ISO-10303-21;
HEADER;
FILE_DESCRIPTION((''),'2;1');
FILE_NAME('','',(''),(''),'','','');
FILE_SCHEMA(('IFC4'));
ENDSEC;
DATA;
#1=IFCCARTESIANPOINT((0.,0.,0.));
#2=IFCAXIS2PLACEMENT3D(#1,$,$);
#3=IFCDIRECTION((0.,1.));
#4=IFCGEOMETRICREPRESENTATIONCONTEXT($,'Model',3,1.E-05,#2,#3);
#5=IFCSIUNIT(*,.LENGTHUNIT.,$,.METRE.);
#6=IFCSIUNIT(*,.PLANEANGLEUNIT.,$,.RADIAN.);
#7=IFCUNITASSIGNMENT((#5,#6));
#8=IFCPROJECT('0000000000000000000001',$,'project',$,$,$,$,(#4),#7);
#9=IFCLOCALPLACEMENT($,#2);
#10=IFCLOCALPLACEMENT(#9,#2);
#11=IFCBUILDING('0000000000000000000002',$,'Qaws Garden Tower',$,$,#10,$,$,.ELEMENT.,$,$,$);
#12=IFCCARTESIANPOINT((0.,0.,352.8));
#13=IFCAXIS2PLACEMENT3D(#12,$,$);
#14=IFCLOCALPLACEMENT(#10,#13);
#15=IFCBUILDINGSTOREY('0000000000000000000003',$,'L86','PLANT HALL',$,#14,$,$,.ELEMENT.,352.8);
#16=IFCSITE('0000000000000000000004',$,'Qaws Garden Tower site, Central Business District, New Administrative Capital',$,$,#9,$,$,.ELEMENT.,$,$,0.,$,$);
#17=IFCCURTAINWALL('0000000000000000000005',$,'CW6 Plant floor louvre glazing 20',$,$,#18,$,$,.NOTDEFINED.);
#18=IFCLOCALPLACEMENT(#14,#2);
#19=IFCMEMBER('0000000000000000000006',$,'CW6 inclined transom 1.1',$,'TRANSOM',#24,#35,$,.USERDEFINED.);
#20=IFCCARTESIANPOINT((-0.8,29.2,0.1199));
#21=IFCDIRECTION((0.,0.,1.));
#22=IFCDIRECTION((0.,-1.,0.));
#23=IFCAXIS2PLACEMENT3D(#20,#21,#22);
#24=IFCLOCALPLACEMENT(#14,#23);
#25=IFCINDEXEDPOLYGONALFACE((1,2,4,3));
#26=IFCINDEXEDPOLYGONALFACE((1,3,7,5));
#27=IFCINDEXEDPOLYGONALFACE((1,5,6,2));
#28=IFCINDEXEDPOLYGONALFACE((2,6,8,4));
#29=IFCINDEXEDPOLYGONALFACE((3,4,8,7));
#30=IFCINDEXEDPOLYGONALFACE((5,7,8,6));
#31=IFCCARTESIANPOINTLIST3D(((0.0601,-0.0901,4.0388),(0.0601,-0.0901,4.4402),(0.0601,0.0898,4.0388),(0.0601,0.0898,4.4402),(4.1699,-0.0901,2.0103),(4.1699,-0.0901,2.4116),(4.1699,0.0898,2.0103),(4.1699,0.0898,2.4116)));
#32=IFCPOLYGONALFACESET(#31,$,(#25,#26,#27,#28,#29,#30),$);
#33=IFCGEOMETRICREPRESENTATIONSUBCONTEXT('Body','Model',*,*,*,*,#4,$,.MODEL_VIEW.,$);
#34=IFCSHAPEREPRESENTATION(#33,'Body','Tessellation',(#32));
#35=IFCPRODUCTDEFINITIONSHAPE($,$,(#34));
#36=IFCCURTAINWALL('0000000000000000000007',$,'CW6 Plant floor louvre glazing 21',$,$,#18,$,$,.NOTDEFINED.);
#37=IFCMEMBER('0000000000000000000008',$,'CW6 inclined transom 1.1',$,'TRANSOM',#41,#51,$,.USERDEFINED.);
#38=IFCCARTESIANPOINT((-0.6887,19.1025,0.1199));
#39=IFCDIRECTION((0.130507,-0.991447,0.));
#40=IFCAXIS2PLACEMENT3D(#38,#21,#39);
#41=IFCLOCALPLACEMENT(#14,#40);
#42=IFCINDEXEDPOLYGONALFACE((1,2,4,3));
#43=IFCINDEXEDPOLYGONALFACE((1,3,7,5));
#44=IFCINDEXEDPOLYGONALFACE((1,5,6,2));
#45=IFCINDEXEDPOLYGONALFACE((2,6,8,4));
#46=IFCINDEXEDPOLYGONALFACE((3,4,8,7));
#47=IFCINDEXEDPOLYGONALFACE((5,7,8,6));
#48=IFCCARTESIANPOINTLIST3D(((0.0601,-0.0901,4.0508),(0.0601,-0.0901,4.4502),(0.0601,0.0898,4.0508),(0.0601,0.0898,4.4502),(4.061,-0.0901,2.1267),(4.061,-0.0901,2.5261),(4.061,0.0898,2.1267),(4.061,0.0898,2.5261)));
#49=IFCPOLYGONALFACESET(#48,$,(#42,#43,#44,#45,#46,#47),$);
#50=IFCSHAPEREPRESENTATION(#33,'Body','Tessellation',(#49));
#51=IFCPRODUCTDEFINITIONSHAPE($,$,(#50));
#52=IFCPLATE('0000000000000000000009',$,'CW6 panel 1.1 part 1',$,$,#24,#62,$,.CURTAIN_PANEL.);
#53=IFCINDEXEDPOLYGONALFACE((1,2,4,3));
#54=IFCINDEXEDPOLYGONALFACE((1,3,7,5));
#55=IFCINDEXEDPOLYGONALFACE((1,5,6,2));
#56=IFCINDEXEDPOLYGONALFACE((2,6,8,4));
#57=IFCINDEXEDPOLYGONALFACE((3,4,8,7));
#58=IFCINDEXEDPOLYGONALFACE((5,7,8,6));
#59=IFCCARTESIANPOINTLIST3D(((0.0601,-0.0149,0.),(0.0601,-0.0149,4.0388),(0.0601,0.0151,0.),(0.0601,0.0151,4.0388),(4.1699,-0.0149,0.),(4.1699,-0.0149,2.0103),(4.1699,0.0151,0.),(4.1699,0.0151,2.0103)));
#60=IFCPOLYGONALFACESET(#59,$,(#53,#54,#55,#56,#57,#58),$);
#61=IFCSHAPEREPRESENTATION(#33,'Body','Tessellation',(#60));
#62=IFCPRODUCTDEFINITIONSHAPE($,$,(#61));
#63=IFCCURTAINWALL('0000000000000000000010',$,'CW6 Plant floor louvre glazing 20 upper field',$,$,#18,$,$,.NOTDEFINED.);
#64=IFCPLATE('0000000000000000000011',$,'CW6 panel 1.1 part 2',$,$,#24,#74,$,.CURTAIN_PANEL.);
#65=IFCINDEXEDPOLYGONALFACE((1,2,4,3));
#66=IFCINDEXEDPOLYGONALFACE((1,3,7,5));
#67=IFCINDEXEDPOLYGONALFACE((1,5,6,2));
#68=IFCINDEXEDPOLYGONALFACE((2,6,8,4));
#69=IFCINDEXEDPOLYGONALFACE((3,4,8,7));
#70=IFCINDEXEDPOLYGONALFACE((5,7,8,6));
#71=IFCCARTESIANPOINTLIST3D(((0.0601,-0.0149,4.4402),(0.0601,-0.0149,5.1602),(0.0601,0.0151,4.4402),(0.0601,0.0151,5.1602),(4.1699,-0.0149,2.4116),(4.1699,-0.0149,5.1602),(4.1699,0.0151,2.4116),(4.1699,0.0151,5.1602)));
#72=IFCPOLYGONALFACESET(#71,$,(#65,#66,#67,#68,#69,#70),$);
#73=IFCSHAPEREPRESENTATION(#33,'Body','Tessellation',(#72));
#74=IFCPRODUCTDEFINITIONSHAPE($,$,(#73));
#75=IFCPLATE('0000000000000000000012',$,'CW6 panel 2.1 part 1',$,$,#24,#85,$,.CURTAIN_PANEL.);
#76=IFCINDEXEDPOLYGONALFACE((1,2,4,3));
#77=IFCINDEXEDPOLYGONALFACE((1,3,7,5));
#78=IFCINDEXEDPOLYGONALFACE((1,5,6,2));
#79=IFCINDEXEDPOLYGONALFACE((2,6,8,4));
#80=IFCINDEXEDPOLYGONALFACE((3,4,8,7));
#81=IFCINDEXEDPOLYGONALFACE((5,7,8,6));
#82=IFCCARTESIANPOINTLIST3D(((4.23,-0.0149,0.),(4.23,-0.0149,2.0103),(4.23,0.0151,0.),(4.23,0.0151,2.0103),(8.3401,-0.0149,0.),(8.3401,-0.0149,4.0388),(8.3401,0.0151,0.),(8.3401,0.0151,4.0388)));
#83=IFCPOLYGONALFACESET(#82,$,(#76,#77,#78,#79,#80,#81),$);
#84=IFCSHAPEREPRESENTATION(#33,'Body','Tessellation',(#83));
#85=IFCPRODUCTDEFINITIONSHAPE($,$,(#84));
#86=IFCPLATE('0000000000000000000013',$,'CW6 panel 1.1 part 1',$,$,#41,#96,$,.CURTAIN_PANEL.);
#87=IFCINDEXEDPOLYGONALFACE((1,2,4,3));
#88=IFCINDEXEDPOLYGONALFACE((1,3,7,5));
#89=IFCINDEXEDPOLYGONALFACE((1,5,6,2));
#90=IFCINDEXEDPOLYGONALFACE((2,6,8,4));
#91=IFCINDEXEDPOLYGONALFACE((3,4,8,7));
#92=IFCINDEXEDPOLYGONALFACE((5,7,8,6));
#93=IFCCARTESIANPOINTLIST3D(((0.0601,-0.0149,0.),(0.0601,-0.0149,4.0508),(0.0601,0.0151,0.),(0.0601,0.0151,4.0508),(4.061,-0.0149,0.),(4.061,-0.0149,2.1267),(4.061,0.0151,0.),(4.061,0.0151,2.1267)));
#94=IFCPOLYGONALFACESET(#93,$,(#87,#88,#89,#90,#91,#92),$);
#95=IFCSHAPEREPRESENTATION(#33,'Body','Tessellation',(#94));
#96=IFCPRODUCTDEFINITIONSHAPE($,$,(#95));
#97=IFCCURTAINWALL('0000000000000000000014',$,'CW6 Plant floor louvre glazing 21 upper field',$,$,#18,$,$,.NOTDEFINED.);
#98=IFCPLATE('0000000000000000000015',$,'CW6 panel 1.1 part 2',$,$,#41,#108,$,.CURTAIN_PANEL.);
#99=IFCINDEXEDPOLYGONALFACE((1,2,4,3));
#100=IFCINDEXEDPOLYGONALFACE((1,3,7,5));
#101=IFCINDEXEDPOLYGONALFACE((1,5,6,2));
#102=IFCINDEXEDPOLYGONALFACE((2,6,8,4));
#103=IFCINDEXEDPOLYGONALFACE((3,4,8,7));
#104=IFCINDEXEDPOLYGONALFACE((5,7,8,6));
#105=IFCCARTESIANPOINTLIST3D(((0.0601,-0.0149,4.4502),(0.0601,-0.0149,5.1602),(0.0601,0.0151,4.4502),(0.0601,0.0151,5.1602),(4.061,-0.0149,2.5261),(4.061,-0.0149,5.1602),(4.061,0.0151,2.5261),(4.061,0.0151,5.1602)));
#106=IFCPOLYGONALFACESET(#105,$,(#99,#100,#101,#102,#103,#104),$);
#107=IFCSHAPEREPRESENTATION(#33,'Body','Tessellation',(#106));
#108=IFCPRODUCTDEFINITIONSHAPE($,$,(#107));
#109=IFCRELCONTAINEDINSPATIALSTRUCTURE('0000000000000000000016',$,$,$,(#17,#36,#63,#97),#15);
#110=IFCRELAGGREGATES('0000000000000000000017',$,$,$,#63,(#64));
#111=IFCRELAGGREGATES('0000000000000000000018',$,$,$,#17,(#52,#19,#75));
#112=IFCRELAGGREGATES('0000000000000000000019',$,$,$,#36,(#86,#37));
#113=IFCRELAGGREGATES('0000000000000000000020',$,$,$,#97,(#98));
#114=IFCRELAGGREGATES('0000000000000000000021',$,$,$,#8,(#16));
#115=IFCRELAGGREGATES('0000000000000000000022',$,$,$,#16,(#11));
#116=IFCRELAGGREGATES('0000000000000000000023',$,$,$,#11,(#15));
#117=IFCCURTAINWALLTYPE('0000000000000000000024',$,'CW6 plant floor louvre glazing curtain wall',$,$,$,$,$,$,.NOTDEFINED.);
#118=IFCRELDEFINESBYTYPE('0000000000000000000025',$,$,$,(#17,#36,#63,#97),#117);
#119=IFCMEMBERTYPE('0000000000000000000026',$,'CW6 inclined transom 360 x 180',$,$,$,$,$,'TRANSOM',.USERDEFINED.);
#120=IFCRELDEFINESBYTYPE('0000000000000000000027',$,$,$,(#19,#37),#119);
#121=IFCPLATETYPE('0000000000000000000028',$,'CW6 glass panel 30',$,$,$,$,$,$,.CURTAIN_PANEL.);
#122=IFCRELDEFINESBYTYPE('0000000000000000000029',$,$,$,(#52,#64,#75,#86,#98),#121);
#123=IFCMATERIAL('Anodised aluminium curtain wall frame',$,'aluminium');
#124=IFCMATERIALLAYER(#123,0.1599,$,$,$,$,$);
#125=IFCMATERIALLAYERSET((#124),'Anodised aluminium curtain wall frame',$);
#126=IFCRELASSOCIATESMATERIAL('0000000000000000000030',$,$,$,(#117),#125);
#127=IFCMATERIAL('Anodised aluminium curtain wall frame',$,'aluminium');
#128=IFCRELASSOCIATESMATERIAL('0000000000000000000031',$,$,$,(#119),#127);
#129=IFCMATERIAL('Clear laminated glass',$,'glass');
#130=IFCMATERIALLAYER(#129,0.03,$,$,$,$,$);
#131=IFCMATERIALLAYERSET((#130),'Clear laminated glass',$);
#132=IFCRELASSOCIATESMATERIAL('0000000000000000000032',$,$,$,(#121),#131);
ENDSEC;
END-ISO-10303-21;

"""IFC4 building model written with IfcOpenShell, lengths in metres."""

from ifc_helpers import new_model, si_unit, direction, frame, origin, origin_2d, place, context, subcontext, project, spatial, polyline, rectangle, outline, extrude, material, layer, layer_set, material_profile, profile_set, type_object, element, aggregate, save


model = new_model("IFC4")

# Units and contexts
model_context = context("Model", 3, precision=1e-05, world=origin(), true_north=direction((0.0, 1.0)))
body_context = subcontext(model_context, "Body", "Model", "MODEL_VIEW")
ifc_project = project(units=[si_unit("LENGTHUNIT", "METRE"), si_unit("PLANEANGLEUNIT", "RADIAN")], contexts=[model_context])

# Site, building, storey
site_placement = place(None, origin())
site = spatial("IfcSite", under=ifc_project, at=site_placement, Name="Qaws Garden Tower site, Central Business District, New Administrative Capital", CompositionType="ELEMENT", RefElevation=0.0)
building_placement = place(site_placement, origin())
building = spatial("IfcBuilding", under=site, at=building_placement, Name="Qaws Garden Tower", CompositionType="ELEMENT")
storey_placement = place(building_placement, frame((0.0, 0.0, 352.8)))
storey = spatial("IfcBuildingStorey", under=building, at=storey_placement, Name="L86", Description="PLANT HALL", CompositionType="ELEMENT", Elevation=352.8)

# Curtain walls, members
ifc_material_1 = material(Name="Anodised aluminium curtain wall frame", Category="aluminium")
ifc_layer_1 = layer(ifc_material_1, 0.1599)
ifc_layer_set_1 = layer_set([ifc_layer_1], Name="Anodised aluminium curtain wall frame")
curtain_wall_type = type_object("IfcCurtainWallType", Name="CW6 plant floor louvre glazing curtain wall", PredefinedType="NOTDEFINED", material=ifc_layer_set_1)
placement_1 = place(storey_placement, origin())
curtain_wall_1 = element("IfcCurtainWall", 1, at=placement_1, inside=storey, type_object=curtain_wall_type, Name="CW6 Plant floor louvre glazing 20", PredefinedType="NOTDEFINED")
ifc_material_2 = material(Name="Anodised aluminium curtain wall frame", Category="aluminium")
ifc_material_profile_1 = material_profile(ifc_material_2, rectangle(XDim=0.1799, YDim=0.3601, at=origin_2d()), Name="AL 180x360")
ifc_profile_set_1 = profile_set([ifc_material_profile_1], Name="Anodised aluminium curtain wall frame")
member_type_1 = type_object("IfcMemberType", Name="CW6 inclined transom 360 x 180", ElementType="TRANSOM", PredefinedType="USERDEFINED", material=ifc_profile_set_1)
placement_2 = place(storey_placement, frame((-0.8, 29.2, 0.1199), z_axis=(0.0, 0.0, 1.0), x_axis=(0.0, -1.0, 0.0)))
member_1 = element("IfcMember", 2, at=placement_2, type_object=member_type_1, Name="CW6 inclined transom 1.1", ObjectType="TRANSOM", PredefinedType="USERDEFINED", context=body_context, shape_type="SweptSolid", body=[
    extrude(outline(polyline([(0.0601, 4.0388), (4.1699, 2.0103), (4.1699, 2.4116), (0.0601, 4.4402), (0.0601, 4.0388)])), frame((0.0, 0.0898, 0.0), z_axis=(0.0, -1.0, 0.0), x_axis=(1.0, 0.0, 0.0)), (0.0, 0.0, 1.0), 0.1799),
])
curtain_wall_2 = element("IfcCurtainWall", 3, at=placement_1, inside=storey, type_object=curtain_wall_type, Name="CW6 Plant floor louvre glazing 21", PredefinedType="NOTDEFINED")
placement_3 = place(storey_placement, frame((-0.6887, 19.1025, 0.1199), z_axis=(0.0, 0.0, 1.0), x_axis=(0.130507, -0.991447, 0.0)))
member_2 = element("IfcMember", 4, at=placement_3, type_object=member_type_1, Name="CW6 inclined transom 1.1", ObjectType="TRANSOM", PredefinedType="USERDEFINED", context=body_context, shape_type="SweptSolid", body=[
    extrude(outline(polyline([(0.0601, 4.0508), (4.061, 2.1267), (4.061, 2.5261), (0.0601, 4.4502), (0.0601, 4.0508)])), frame((0.0, 0.0898, 0.0), z_axis=(0.0, -1.0, 0.0), x_axis=(1.0, 0.0, 0.0)), (0.0, 0.0, 1.0), 0.1799),
])

# Plate
ifc_material_3 = material(Name="Clear laminated glass", Category="glass")
ifc_layer_2 = layer(ifc_material_3, 0.03)
ifc_layer_set_2 = layer_set([ifc_layer_2], Name="Clear laminated glass")
plate_type = type_object("IfcPlateType", Name="CW6 glass panel 30", PredefinedType="CURTAIN_PANEL", material=ifc_layer_set_2)
plate_1 = element("IfcPlate", 5, at=placement_2, type_object=plate_type, Name="CW6 panel 1.1 part 1", PredefinedType="CURTAIN_PANEL", context=body_context, shape_type="SweptSolid", body=[
    extrude(outline(polyline([(4.1699, 0.0), (4.1699, 2.0103), (0.0601, 4.0388), (0.0601, 0.0), (4.1699, 0.0)])), frame((0.0, 0.0151, 0.0), z_axis=(0.0, -1.0, 0.0), x_axis=(1.0, 0.0, 0.0)), (0.0, 0.0, 1.0), 0.03),
])

# Curtain wall, plate
curtain_wall_3 = element("IfcCurtainWall", 6, at=placement_1, inside=storey, type_object=curtain_wall_type, Name="CW6 Plant floor louvre glazing 20 upper field", PredefinedType="NOTDEFINED")
plate_2 = element("IfcPlate", 7, at=placement_2, type_object=plate_type, Name="CW6 panel 1.1 part 2", PredefinedType="CURTAIN_PANEL", context=body_context, shape_type="SweptSolid", body=[
    extrude(outline(polyline([(0.0601, 5.1602), (0.0601, 4.4402), (4.1699, 2.4116), (4.1699, 5.1602), (0.0601, 5.1602)])), frame((0.0, 0.0151, 0.0), z_axis=(0.0, -1.0, 0.0), x_axis=(1.0, 0.0, 0.0)), (0.0, 0.0, 1.0), 0.03),
])
aggregate(curtain_wall_3, [plate_2])

# Plates
plate_3 = element("IfcPlate", 8, at=placement_2, type_object=plate_type, Name="CW6 panel 2.1 part 1", PredefinedType="CURTAIN_PANEL", context=body_context, shape_type="SweptSolid", body=[
    extrude(outline(polyline([(8.3401, 0.0), (8.3401, 4.0388), (4.23, 2.0103), (4.23, 0.0), (8.3401, 0.0)])), frame((0.0, 0.0151, 0.0), z_axis=(0.0, -1.0, 0.0), x_axis=(1.0, 0.0, 0.0)), (0.0, 0.0, 1.0), 0.03),
])
aggregate(curtain_wall_1, [plate_1, member_1, plate_3])
plate_4 = element("IfcPlate", 9, at=placement_3, type_object=plate_type, Name="CW6 panel 1.1 part 1", PredefinedType="CURTAIN_PANEL", context=body_context, shape_type="SweptSolid", body=[
    extrude(outline(polyline([(4.061, 0.0), (4.061, 2.1267), (0.0601, 4.0508), (0.0601, 0.0), (4.061, 0.0)])), frame((0.0, 0.0151, 0.0), z_axis=(0.0, -1.0, 0.0), x_axis=(1.0, 0.0, 0.0)), (0.0, 0.0, 1.0), 0.03),
])
aggregate(curtain_wall_2, [plate_4, member_2])

# Curtain wall, plate
curtain_wall_4 = element("IfcCurtainWall", 10, at=placement_1, inside=storey, type_object=curtain_wall_type, Name="CW6 Plant floor louvre glazing 21 upper field", PredefinedType="NOTDEFINED")
plate_5 = element("IfcPlate", 11, at=placement_3, type_object=plate_type, Name="CW6 panel 1.1 part 2", PredefinedType="CURTAIN_PANEL", context=body_context, shape_type="SweptSolid", body=[
    extrude(outline(polyline([(0.0601, 5.1602), (0.0601, 4.4502), (4.061, 2.5261), (4.061, 5.1602), (0.0601, 5.1602)])), frame((0.0, 0.0151, 0.0), z_axis=(0.0, -1.0, 0.0), x_axis=(1.0, 0.0, 0.0)), (0.0, 0.0, 1.0), 0.03),
])
aggregate(curtain_wall_4, [plate_5])

save(model, "model.ifc")
